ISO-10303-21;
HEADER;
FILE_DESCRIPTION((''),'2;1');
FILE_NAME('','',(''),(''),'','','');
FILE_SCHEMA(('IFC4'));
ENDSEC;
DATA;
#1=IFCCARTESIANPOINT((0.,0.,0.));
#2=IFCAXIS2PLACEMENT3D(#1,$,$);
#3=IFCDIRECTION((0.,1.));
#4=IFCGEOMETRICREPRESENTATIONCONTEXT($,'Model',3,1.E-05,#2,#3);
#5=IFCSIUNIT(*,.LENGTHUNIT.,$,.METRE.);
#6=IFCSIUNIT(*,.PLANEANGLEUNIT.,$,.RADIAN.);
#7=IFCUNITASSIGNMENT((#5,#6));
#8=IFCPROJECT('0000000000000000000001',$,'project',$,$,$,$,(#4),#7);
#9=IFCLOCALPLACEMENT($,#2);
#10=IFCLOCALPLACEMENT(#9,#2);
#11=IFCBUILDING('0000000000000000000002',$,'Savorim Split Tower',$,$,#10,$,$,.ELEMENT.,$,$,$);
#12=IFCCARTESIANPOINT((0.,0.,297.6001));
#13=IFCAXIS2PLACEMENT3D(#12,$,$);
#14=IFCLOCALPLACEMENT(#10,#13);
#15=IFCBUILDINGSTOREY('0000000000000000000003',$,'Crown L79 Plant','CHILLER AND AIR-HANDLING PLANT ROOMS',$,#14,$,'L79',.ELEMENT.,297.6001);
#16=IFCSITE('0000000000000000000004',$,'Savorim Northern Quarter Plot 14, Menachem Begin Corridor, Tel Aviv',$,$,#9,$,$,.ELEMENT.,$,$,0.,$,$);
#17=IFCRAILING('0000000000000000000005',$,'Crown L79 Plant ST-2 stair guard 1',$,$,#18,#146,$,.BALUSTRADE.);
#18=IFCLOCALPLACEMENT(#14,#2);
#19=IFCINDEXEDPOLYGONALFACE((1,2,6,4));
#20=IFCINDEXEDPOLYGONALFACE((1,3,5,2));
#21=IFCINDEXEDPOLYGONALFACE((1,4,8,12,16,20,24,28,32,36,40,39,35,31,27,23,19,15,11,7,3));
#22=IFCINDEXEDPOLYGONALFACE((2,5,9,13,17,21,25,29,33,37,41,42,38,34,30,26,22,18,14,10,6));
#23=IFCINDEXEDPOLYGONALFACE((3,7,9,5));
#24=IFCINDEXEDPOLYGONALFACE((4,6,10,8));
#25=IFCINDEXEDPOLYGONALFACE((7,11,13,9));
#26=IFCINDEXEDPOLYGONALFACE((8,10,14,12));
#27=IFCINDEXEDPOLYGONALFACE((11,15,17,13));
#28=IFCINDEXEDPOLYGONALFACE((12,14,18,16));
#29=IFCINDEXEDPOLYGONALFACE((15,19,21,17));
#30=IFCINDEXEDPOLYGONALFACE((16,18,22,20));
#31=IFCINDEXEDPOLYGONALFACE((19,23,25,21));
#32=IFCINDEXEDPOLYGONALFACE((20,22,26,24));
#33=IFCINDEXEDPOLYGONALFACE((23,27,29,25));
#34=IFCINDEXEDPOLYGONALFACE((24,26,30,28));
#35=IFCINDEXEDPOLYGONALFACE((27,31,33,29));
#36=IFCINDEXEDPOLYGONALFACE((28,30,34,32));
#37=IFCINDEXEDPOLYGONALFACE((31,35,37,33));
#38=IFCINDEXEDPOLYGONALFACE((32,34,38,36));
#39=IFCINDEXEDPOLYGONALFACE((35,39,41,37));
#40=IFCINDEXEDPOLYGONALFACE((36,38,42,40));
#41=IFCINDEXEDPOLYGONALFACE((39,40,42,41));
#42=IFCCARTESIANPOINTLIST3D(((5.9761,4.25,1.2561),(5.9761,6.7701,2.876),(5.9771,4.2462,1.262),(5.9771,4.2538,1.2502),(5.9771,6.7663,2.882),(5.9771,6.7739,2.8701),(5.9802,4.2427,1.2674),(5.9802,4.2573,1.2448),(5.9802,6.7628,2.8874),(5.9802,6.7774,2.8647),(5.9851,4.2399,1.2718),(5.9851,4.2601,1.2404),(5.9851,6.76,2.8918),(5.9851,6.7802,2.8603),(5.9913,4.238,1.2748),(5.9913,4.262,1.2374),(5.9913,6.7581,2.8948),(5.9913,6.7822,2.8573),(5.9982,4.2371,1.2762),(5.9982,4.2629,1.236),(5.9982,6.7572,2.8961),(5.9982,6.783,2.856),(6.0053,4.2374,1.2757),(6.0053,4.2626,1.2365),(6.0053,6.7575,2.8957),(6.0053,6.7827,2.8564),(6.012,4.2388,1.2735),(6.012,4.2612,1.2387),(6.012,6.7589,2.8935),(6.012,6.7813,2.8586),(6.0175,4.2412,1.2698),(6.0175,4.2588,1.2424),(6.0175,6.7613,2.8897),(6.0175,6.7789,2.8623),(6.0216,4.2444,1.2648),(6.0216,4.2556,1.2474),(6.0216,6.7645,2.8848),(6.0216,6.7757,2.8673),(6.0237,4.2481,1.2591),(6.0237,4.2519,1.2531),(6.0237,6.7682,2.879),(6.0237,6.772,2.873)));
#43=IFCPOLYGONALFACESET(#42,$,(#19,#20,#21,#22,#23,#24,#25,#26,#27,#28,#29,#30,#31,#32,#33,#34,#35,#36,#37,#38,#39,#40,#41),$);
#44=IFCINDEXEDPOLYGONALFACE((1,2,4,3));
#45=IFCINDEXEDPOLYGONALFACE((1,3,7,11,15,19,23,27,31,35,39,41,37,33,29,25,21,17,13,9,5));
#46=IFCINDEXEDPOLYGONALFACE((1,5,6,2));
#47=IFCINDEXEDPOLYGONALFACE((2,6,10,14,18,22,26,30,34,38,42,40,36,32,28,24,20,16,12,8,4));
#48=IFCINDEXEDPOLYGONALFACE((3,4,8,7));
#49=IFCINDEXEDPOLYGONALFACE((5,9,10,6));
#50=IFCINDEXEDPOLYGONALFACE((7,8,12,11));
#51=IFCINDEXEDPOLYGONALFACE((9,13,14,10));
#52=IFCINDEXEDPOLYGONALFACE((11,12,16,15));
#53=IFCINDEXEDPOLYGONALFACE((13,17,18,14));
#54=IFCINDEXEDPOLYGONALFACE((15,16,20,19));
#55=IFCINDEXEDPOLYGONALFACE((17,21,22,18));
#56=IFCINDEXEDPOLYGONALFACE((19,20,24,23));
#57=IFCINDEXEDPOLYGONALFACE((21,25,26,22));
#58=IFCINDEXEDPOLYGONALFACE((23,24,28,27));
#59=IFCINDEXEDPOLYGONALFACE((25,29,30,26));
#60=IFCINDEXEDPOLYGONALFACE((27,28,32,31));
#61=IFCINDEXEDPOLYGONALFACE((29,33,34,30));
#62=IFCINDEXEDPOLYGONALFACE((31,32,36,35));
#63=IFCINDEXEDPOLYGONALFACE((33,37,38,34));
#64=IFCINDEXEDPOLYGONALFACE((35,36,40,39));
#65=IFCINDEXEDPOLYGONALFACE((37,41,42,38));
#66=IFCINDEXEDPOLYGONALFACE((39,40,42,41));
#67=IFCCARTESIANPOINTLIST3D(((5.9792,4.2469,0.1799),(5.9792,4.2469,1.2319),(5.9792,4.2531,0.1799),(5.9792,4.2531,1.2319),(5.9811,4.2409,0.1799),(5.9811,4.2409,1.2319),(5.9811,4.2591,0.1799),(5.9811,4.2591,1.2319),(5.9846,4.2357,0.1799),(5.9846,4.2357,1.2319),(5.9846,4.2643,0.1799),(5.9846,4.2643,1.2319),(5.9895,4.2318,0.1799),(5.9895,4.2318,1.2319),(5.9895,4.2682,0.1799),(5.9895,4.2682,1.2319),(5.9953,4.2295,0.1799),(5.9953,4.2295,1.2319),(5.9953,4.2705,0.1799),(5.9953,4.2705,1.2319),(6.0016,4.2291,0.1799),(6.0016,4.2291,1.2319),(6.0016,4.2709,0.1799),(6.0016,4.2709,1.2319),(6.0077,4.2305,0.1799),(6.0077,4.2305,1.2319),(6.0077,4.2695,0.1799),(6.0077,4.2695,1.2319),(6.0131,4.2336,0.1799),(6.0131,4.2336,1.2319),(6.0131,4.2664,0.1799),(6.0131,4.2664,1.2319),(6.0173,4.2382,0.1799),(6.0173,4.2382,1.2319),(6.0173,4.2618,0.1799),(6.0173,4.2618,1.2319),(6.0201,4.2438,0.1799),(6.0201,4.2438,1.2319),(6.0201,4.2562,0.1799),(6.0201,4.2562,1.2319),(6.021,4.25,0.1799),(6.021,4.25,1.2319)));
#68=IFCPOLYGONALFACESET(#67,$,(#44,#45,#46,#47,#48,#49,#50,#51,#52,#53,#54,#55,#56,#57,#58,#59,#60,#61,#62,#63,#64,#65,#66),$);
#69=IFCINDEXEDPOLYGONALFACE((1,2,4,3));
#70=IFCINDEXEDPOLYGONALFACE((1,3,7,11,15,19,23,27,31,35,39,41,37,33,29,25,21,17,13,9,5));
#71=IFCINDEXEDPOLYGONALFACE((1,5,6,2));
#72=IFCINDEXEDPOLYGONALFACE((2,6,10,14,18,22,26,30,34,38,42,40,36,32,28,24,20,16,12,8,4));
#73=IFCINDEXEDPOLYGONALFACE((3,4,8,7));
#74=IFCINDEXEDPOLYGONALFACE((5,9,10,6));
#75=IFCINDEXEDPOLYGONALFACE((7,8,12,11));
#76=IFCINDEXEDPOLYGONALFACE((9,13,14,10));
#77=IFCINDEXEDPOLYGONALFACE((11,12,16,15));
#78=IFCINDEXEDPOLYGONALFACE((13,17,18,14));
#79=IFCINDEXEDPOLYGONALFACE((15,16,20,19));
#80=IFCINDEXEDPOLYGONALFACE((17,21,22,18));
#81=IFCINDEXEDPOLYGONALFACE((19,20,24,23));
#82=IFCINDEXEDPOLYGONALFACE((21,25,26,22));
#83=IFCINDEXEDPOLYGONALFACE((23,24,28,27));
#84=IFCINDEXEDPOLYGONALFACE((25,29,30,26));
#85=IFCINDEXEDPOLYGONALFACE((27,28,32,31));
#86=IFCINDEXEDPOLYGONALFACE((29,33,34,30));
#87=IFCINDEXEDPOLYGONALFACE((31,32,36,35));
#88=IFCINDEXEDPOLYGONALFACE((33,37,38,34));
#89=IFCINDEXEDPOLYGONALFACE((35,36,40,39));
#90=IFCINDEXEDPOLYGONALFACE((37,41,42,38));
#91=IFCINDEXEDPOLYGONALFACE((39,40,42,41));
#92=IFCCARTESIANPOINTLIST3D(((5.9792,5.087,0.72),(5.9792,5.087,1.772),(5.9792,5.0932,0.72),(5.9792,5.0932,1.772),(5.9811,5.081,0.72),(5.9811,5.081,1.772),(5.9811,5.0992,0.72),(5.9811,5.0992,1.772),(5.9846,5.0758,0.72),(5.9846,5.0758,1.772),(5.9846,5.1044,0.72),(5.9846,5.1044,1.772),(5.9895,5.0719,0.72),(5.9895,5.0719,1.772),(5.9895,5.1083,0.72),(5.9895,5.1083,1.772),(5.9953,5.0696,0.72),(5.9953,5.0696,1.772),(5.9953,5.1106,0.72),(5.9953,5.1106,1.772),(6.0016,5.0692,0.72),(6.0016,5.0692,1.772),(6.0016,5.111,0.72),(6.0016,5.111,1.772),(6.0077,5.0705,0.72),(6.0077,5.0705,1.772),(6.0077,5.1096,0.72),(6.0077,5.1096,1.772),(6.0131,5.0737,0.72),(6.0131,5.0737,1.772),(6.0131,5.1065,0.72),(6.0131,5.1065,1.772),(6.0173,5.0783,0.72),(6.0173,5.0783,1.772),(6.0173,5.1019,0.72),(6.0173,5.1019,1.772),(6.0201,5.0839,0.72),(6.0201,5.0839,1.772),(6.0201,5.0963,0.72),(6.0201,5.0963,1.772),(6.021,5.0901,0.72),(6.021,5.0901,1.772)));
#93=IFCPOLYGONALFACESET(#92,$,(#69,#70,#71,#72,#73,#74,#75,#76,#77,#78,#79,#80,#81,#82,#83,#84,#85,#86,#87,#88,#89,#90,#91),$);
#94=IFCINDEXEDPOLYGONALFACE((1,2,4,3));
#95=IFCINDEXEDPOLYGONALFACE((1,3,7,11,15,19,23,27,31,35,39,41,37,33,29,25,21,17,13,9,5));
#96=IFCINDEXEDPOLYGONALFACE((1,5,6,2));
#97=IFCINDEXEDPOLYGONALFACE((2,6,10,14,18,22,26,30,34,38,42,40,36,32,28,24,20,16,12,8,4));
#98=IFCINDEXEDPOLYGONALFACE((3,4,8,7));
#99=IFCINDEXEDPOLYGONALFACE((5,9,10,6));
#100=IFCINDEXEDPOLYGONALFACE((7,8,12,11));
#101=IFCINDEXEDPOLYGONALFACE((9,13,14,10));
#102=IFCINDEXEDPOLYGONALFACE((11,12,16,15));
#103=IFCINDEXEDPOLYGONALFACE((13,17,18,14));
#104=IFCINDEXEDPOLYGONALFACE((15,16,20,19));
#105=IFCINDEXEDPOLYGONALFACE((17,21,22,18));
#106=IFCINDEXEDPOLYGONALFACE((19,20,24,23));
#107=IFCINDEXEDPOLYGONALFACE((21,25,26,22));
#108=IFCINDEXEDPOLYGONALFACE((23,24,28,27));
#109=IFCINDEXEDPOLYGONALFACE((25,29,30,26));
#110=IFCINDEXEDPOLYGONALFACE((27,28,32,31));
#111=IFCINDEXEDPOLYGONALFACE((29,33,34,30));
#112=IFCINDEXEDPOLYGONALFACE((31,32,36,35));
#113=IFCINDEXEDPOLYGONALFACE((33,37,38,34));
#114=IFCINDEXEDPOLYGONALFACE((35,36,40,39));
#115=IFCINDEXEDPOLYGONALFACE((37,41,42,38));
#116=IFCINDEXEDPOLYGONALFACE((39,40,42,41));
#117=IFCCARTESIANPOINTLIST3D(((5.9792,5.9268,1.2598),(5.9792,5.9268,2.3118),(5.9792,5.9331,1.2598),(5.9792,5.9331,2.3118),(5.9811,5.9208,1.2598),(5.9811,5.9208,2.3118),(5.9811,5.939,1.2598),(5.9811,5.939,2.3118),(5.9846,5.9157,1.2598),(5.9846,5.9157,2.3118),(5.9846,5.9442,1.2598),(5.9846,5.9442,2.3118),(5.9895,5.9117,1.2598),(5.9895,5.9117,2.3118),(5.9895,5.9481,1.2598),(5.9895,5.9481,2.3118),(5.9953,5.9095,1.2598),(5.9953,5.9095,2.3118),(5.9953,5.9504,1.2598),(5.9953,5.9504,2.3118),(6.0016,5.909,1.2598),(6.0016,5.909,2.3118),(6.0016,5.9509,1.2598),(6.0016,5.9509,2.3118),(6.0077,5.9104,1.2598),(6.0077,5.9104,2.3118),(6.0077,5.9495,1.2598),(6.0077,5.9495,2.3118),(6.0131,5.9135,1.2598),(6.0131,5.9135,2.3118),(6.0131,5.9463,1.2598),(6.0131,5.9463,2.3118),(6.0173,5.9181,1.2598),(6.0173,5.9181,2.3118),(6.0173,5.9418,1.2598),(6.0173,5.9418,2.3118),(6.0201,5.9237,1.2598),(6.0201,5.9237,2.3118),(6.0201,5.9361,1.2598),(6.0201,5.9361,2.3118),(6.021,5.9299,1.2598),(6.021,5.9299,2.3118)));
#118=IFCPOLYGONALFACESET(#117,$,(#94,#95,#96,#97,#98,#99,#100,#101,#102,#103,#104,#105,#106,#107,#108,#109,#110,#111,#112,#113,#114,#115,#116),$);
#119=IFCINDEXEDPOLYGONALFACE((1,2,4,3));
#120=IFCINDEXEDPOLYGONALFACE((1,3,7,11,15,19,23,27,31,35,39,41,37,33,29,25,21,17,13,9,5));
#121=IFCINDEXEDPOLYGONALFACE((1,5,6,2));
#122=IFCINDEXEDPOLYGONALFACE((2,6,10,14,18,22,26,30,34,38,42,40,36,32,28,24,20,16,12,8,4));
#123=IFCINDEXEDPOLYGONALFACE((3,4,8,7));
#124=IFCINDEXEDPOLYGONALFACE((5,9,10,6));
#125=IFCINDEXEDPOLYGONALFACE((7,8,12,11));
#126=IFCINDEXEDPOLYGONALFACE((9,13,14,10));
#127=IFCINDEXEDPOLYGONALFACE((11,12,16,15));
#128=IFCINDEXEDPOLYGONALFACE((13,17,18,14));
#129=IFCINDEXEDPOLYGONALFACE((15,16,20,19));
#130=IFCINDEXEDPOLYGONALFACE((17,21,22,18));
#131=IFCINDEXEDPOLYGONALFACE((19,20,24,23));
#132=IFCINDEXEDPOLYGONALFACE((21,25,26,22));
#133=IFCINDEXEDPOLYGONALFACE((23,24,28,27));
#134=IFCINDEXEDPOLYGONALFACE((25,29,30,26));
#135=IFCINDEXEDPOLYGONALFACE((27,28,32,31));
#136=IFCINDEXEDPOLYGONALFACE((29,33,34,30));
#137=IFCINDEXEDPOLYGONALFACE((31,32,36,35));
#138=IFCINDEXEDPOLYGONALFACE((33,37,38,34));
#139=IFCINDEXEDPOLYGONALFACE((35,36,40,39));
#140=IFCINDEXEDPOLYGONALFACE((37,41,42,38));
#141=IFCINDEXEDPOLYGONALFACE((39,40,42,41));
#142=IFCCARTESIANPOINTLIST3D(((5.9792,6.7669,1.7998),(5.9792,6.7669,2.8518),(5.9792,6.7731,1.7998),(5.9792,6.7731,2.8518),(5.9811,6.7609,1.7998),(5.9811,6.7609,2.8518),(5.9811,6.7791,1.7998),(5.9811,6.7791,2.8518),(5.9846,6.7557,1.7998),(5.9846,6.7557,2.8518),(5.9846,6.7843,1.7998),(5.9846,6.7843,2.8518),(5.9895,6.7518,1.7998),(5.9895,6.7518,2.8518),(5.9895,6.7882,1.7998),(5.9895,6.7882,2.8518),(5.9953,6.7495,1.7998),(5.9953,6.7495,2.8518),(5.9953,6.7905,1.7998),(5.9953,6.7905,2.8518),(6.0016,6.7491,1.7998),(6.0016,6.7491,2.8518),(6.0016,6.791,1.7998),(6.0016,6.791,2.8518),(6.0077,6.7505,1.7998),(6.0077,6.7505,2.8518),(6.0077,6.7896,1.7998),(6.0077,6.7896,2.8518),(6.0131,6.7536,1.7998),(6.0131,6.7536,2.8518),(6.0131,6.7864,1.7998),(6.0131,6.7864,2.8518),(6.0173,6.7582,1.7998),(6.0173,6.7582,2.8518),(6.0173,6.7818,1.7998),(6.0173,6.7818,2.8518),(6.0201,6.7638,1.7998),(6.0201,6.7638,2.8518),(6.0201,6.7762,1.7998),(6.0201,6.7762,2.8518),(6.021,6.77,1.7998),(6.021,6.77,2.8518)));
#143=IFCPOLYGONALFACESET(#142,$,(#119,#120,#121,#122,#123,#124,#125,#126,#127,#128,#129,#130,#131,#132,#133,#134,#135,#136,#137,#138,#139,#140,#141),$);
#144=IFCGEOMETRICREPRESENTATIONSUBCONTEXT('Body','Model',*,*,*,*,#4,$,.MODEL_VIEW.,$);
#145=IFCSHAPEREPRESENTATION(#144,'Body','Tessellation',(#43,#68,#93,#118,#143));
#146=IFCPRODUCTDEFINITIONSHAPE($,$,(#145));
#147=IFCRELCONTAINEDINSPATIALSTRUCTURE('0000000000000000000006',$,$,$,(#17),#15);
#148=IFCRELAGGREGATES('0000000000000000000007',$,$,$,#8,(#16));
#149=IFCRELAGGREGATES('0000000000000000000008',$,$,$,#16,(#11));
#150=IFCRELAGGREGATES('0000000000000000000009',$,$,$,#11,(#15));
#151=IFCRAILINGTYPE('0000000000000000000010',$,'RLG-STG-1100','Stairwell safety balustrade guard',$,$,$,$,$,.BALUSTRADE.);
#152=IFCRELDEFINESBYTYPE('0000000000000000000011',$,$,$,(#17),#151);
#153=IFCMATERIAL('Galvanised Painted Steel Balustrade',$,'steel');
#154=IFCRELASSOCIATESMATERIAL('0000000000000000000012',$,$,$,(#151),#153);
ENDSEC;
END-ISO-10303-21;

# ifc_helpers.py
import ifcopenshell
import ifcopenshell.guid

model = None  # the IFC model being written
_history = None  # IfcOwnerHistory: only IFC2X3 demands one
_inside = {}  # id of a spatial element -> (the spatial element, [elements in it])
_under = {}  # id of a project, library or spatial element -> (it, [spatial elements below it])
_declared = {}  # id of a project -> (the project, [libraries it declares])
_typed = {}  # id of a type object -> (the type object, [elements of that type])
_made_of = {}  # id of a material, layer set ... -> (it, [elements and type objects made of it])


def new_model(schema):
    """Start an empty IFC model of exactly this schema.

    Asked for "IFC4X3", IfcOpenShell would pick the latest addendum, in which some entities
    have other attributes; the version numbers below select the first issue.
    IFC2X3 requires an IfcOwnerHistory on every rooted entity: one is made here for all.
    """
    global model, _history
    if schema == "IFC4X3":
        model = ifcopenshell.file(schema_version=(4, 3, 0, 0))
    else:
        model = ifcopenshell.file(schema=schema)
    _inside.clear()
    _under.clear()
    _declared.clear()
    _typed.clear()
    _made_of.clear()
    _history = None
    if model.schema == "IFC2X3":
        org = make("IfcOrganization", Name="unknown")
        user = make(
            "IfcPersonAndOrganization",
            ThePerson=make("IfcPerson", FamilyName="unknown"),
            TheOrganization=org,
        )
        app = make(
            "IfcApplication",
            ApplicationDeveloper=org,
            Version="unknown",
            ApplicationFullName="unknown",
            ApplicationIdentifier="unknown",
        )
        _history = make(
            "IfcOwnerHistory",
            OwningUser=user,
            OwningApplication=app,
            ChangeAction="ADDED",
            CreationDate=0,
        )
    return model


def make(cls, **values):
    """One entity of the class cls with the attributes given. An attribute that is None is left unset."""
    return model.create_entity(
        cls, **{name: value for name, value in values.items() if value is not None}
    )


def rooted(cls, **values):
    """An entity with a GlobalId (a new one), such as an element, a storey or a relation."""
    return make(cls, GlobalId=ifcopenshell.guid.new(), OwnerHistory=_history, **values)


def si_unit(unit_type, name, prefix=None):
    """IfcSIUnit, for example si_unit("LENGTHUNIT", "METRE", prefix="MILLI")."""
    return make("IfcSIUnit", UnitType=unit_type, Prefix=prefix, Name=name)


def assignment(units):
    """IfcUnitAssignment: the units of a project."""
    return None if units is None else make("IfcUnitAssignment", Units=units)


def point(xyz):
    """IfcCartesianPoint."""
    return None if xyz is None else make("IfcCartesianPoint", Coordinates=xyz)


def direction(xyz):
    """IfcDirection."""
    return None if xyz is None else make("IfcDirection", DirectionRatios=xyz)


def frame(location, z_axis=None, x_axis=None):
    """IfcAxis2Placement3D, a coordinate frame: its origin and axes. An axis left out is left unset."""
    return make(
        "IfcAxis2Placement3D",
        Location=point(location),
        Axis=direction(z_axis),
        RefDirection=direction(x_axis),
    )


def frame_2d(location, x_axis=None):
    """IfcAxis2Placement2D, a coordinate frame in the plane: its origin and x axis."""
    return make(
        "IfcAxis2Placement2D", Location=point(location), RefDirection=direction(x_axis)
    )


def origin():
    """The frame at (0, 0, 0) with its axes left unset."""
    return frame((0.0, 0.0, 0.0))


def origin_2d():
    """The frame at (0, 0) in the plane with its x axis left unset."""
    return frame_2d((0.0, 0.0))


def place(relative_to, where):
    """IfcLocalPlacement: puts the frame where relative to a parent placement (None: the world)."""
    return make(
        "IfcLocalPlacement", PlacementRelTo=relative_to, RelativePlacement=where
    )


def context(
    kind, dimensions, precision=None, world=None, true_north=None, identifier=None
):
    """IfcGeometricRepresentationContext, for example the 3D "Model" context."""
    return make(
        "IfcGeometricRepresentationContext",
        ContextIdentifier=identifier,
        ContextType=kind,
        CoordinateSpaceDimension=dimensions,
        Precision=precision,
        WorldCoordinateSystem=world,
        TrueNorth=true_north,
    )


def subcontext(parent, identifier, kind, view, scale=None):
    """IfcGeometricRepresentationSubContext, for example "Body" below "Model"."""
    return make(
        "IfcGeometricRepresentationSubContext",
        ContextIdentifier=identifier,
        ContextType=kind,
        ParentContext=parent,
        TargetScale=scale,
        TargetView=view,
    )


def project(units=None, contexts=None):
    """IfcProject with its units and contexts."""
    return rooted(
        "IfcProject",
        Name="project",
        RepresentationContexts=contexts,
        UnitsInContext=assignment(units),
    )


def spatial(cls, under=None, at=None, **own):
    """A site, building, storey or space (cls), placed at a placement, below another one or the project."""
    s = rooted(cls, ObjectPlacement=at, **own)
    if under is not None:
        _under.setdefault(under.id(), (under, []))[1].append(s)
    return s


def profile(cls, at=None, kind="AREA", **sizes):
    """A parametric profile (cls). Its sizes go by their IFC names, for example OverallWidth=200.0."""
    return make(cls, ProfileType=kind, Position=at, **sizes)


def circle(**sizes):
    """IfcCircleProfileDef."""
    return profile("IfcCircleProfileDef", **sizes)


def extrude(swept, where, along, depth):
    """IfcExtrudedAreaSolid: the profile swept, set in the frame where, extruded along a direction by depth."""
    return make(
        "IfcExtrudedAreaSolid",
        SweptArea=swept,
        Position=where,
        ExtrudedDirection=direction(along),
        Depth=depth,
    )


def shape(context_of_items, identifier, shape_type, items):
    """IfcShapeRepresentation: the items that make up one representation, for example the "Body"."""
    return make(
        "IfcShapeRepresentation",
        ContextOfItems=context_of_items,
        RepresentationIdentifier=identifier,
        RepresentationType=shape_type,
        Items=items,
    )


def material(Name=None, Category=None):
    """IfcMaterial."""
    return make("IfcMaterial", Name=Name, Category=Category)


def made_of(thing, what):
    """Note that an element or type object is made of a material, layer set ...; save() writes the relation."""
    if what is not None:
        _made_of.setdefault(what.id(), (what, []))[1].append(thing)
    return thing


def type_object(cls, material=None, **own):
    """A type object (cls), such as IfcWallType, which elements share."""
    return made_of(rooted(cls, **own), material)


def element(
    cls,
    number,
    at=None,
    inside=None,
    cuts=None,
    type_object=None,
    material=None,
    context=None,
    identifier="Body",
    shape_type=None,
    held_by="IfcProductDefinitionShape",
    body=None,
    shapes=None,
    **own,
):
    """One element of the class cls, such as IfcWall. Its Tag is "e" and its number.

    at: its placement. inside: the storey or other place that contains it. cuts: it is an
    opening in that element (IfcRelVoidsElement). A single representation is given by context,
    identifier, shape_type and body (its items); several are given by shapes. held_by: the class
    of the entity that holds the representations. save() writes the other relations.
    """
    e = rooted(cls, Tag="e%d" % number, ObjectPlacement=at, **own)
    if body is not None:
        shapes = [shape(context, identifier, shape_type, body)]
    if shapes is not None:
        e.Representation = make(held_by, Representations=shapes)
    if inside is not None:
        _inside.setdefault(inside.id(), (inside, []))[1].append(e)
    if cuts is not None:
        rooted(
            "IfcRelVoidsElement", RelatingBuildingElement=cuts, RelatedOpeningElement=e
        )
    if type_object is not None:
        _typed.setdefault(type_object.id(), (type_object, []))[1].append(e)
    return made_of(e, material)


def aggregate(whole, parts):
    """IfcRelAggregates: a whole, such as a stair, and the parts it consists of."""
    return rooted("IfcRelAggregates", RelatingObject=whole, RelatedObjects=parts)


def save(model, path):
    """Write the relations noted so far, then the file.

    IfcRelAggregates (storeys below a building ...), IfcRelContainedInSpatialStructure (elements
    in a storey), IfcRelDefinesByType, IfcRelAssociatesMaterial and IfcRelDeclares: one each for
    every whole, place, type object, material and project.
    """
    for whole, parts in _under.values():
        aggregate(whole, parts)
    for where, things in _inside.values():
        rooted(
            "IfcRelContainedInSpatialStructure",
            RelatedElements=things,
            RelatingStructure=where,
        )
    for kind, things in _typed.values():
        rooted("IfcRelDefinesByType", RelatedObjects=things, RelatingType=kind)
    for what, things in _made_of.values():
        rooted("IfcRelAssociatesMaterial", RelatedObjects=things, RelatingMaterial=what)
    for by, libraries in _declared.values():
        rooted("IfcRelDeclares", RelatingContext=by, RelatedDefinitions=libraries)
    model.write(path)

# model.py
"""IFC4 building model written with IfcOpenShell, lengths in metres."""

from ifc_helpers import new_model, si_unit, direction, frame, origin, origin_2d, place, context, subcontext, project, spatial, circle, extrude, material, type_object, element, save


model = new_model("IFC4")

# Units and contexts
model_context = context("Model", 3, precision=1e-05, world=origin(), true_north=direction((0.0, 1.0)))
body_context = subcontext(model_context, "Body", "Model", "MODEL_VIEW")
ifc_project = project(units=[si_unit("LENGTHUNIT", "METRE"), si_unit("PLANEANGLEUNIT", "RADIAN")], contexts=[model_context])

# Site, building, storey
site_placement = place(None, origin())
site = spatial("IfcSite", under=ifc_project, at=site_placement, Name="Savorim Northern Quarter Plot 14, Menachem Begin Corridor, Tel Aviv", CompositionType="ELEMENT", RefElevation=0.0)
building_placement = place(site_placement, origin())
building = spatial("IfcBuilding", under=site, at=building_placement, Name="Savorim Split Tower", CompositionType="ELEMENT")
storey_placement = place(building_placement, frame((0.0, 0.0, 297.6001)))
storey = spatial("IfcBuildingStorey", under=building, at=storey_placement, Name="Crown L79 Plant", Description="CHILLER AND AIR-HANDLING PLANT ROOMS", LongName="L79", CompositionType="ELEMENT", Elevation=297.6001)

# Railing
ifc_material_1 = material(Name="Galvanised Painted Steel Balustrade", Category="steel")
railing_type_1 = type_object("IfcRailingType", Name="RLG-STG-1100", Description="Stairwell safety balustrade guard", PredefinedType="BALUSTRADE", material=ifc_material_1)
railing_1_placement = place(storey_placement, frame((6.0, 4.25, 0.1799)))
element("IfcRailing", 1, at=railing_1_placement, inside=storey, type_object=railing_type_1, Name="Crown L79 Plant ST-2 stair guard 1", PredefinedType="BALUSTRADE", context=body_context, shape_type="SweptSolid", body=[
    extrude(circle(Radius=0.0239, at=origin_2d()), frame((0.0, 0.0, 1.0762), z_axis=(0.0, 0.8412, 0.540725), x_axis=(-1.0, 0.0, 0.0)), (0.0, 0.0, 1.0), 2.9958),
    extrude(circle(Radius=0.021, at=origin_2d()), origin(), (0.0, 0.0, 1.0), 1.052),
    extrude(circle(Radius=0.021, at=origin_2d()), frame((0.0, 0.8401, 0.54)), (0.0, 0.0, 1.0), 1.052),
    extrude(circle(Radius=0.021, at=origin_2d()), frame((0.0, 1.6799, 1.0798)), (0.0, 0.0, 1.0), 1.052),
    extrude(circle(Radius=0.021, at=origin_2d()), frame((0.0, 2.52, 1.6199)), (0.0, 0.0, 1.0), 1.052),
])

save(model, "model.ifc")
